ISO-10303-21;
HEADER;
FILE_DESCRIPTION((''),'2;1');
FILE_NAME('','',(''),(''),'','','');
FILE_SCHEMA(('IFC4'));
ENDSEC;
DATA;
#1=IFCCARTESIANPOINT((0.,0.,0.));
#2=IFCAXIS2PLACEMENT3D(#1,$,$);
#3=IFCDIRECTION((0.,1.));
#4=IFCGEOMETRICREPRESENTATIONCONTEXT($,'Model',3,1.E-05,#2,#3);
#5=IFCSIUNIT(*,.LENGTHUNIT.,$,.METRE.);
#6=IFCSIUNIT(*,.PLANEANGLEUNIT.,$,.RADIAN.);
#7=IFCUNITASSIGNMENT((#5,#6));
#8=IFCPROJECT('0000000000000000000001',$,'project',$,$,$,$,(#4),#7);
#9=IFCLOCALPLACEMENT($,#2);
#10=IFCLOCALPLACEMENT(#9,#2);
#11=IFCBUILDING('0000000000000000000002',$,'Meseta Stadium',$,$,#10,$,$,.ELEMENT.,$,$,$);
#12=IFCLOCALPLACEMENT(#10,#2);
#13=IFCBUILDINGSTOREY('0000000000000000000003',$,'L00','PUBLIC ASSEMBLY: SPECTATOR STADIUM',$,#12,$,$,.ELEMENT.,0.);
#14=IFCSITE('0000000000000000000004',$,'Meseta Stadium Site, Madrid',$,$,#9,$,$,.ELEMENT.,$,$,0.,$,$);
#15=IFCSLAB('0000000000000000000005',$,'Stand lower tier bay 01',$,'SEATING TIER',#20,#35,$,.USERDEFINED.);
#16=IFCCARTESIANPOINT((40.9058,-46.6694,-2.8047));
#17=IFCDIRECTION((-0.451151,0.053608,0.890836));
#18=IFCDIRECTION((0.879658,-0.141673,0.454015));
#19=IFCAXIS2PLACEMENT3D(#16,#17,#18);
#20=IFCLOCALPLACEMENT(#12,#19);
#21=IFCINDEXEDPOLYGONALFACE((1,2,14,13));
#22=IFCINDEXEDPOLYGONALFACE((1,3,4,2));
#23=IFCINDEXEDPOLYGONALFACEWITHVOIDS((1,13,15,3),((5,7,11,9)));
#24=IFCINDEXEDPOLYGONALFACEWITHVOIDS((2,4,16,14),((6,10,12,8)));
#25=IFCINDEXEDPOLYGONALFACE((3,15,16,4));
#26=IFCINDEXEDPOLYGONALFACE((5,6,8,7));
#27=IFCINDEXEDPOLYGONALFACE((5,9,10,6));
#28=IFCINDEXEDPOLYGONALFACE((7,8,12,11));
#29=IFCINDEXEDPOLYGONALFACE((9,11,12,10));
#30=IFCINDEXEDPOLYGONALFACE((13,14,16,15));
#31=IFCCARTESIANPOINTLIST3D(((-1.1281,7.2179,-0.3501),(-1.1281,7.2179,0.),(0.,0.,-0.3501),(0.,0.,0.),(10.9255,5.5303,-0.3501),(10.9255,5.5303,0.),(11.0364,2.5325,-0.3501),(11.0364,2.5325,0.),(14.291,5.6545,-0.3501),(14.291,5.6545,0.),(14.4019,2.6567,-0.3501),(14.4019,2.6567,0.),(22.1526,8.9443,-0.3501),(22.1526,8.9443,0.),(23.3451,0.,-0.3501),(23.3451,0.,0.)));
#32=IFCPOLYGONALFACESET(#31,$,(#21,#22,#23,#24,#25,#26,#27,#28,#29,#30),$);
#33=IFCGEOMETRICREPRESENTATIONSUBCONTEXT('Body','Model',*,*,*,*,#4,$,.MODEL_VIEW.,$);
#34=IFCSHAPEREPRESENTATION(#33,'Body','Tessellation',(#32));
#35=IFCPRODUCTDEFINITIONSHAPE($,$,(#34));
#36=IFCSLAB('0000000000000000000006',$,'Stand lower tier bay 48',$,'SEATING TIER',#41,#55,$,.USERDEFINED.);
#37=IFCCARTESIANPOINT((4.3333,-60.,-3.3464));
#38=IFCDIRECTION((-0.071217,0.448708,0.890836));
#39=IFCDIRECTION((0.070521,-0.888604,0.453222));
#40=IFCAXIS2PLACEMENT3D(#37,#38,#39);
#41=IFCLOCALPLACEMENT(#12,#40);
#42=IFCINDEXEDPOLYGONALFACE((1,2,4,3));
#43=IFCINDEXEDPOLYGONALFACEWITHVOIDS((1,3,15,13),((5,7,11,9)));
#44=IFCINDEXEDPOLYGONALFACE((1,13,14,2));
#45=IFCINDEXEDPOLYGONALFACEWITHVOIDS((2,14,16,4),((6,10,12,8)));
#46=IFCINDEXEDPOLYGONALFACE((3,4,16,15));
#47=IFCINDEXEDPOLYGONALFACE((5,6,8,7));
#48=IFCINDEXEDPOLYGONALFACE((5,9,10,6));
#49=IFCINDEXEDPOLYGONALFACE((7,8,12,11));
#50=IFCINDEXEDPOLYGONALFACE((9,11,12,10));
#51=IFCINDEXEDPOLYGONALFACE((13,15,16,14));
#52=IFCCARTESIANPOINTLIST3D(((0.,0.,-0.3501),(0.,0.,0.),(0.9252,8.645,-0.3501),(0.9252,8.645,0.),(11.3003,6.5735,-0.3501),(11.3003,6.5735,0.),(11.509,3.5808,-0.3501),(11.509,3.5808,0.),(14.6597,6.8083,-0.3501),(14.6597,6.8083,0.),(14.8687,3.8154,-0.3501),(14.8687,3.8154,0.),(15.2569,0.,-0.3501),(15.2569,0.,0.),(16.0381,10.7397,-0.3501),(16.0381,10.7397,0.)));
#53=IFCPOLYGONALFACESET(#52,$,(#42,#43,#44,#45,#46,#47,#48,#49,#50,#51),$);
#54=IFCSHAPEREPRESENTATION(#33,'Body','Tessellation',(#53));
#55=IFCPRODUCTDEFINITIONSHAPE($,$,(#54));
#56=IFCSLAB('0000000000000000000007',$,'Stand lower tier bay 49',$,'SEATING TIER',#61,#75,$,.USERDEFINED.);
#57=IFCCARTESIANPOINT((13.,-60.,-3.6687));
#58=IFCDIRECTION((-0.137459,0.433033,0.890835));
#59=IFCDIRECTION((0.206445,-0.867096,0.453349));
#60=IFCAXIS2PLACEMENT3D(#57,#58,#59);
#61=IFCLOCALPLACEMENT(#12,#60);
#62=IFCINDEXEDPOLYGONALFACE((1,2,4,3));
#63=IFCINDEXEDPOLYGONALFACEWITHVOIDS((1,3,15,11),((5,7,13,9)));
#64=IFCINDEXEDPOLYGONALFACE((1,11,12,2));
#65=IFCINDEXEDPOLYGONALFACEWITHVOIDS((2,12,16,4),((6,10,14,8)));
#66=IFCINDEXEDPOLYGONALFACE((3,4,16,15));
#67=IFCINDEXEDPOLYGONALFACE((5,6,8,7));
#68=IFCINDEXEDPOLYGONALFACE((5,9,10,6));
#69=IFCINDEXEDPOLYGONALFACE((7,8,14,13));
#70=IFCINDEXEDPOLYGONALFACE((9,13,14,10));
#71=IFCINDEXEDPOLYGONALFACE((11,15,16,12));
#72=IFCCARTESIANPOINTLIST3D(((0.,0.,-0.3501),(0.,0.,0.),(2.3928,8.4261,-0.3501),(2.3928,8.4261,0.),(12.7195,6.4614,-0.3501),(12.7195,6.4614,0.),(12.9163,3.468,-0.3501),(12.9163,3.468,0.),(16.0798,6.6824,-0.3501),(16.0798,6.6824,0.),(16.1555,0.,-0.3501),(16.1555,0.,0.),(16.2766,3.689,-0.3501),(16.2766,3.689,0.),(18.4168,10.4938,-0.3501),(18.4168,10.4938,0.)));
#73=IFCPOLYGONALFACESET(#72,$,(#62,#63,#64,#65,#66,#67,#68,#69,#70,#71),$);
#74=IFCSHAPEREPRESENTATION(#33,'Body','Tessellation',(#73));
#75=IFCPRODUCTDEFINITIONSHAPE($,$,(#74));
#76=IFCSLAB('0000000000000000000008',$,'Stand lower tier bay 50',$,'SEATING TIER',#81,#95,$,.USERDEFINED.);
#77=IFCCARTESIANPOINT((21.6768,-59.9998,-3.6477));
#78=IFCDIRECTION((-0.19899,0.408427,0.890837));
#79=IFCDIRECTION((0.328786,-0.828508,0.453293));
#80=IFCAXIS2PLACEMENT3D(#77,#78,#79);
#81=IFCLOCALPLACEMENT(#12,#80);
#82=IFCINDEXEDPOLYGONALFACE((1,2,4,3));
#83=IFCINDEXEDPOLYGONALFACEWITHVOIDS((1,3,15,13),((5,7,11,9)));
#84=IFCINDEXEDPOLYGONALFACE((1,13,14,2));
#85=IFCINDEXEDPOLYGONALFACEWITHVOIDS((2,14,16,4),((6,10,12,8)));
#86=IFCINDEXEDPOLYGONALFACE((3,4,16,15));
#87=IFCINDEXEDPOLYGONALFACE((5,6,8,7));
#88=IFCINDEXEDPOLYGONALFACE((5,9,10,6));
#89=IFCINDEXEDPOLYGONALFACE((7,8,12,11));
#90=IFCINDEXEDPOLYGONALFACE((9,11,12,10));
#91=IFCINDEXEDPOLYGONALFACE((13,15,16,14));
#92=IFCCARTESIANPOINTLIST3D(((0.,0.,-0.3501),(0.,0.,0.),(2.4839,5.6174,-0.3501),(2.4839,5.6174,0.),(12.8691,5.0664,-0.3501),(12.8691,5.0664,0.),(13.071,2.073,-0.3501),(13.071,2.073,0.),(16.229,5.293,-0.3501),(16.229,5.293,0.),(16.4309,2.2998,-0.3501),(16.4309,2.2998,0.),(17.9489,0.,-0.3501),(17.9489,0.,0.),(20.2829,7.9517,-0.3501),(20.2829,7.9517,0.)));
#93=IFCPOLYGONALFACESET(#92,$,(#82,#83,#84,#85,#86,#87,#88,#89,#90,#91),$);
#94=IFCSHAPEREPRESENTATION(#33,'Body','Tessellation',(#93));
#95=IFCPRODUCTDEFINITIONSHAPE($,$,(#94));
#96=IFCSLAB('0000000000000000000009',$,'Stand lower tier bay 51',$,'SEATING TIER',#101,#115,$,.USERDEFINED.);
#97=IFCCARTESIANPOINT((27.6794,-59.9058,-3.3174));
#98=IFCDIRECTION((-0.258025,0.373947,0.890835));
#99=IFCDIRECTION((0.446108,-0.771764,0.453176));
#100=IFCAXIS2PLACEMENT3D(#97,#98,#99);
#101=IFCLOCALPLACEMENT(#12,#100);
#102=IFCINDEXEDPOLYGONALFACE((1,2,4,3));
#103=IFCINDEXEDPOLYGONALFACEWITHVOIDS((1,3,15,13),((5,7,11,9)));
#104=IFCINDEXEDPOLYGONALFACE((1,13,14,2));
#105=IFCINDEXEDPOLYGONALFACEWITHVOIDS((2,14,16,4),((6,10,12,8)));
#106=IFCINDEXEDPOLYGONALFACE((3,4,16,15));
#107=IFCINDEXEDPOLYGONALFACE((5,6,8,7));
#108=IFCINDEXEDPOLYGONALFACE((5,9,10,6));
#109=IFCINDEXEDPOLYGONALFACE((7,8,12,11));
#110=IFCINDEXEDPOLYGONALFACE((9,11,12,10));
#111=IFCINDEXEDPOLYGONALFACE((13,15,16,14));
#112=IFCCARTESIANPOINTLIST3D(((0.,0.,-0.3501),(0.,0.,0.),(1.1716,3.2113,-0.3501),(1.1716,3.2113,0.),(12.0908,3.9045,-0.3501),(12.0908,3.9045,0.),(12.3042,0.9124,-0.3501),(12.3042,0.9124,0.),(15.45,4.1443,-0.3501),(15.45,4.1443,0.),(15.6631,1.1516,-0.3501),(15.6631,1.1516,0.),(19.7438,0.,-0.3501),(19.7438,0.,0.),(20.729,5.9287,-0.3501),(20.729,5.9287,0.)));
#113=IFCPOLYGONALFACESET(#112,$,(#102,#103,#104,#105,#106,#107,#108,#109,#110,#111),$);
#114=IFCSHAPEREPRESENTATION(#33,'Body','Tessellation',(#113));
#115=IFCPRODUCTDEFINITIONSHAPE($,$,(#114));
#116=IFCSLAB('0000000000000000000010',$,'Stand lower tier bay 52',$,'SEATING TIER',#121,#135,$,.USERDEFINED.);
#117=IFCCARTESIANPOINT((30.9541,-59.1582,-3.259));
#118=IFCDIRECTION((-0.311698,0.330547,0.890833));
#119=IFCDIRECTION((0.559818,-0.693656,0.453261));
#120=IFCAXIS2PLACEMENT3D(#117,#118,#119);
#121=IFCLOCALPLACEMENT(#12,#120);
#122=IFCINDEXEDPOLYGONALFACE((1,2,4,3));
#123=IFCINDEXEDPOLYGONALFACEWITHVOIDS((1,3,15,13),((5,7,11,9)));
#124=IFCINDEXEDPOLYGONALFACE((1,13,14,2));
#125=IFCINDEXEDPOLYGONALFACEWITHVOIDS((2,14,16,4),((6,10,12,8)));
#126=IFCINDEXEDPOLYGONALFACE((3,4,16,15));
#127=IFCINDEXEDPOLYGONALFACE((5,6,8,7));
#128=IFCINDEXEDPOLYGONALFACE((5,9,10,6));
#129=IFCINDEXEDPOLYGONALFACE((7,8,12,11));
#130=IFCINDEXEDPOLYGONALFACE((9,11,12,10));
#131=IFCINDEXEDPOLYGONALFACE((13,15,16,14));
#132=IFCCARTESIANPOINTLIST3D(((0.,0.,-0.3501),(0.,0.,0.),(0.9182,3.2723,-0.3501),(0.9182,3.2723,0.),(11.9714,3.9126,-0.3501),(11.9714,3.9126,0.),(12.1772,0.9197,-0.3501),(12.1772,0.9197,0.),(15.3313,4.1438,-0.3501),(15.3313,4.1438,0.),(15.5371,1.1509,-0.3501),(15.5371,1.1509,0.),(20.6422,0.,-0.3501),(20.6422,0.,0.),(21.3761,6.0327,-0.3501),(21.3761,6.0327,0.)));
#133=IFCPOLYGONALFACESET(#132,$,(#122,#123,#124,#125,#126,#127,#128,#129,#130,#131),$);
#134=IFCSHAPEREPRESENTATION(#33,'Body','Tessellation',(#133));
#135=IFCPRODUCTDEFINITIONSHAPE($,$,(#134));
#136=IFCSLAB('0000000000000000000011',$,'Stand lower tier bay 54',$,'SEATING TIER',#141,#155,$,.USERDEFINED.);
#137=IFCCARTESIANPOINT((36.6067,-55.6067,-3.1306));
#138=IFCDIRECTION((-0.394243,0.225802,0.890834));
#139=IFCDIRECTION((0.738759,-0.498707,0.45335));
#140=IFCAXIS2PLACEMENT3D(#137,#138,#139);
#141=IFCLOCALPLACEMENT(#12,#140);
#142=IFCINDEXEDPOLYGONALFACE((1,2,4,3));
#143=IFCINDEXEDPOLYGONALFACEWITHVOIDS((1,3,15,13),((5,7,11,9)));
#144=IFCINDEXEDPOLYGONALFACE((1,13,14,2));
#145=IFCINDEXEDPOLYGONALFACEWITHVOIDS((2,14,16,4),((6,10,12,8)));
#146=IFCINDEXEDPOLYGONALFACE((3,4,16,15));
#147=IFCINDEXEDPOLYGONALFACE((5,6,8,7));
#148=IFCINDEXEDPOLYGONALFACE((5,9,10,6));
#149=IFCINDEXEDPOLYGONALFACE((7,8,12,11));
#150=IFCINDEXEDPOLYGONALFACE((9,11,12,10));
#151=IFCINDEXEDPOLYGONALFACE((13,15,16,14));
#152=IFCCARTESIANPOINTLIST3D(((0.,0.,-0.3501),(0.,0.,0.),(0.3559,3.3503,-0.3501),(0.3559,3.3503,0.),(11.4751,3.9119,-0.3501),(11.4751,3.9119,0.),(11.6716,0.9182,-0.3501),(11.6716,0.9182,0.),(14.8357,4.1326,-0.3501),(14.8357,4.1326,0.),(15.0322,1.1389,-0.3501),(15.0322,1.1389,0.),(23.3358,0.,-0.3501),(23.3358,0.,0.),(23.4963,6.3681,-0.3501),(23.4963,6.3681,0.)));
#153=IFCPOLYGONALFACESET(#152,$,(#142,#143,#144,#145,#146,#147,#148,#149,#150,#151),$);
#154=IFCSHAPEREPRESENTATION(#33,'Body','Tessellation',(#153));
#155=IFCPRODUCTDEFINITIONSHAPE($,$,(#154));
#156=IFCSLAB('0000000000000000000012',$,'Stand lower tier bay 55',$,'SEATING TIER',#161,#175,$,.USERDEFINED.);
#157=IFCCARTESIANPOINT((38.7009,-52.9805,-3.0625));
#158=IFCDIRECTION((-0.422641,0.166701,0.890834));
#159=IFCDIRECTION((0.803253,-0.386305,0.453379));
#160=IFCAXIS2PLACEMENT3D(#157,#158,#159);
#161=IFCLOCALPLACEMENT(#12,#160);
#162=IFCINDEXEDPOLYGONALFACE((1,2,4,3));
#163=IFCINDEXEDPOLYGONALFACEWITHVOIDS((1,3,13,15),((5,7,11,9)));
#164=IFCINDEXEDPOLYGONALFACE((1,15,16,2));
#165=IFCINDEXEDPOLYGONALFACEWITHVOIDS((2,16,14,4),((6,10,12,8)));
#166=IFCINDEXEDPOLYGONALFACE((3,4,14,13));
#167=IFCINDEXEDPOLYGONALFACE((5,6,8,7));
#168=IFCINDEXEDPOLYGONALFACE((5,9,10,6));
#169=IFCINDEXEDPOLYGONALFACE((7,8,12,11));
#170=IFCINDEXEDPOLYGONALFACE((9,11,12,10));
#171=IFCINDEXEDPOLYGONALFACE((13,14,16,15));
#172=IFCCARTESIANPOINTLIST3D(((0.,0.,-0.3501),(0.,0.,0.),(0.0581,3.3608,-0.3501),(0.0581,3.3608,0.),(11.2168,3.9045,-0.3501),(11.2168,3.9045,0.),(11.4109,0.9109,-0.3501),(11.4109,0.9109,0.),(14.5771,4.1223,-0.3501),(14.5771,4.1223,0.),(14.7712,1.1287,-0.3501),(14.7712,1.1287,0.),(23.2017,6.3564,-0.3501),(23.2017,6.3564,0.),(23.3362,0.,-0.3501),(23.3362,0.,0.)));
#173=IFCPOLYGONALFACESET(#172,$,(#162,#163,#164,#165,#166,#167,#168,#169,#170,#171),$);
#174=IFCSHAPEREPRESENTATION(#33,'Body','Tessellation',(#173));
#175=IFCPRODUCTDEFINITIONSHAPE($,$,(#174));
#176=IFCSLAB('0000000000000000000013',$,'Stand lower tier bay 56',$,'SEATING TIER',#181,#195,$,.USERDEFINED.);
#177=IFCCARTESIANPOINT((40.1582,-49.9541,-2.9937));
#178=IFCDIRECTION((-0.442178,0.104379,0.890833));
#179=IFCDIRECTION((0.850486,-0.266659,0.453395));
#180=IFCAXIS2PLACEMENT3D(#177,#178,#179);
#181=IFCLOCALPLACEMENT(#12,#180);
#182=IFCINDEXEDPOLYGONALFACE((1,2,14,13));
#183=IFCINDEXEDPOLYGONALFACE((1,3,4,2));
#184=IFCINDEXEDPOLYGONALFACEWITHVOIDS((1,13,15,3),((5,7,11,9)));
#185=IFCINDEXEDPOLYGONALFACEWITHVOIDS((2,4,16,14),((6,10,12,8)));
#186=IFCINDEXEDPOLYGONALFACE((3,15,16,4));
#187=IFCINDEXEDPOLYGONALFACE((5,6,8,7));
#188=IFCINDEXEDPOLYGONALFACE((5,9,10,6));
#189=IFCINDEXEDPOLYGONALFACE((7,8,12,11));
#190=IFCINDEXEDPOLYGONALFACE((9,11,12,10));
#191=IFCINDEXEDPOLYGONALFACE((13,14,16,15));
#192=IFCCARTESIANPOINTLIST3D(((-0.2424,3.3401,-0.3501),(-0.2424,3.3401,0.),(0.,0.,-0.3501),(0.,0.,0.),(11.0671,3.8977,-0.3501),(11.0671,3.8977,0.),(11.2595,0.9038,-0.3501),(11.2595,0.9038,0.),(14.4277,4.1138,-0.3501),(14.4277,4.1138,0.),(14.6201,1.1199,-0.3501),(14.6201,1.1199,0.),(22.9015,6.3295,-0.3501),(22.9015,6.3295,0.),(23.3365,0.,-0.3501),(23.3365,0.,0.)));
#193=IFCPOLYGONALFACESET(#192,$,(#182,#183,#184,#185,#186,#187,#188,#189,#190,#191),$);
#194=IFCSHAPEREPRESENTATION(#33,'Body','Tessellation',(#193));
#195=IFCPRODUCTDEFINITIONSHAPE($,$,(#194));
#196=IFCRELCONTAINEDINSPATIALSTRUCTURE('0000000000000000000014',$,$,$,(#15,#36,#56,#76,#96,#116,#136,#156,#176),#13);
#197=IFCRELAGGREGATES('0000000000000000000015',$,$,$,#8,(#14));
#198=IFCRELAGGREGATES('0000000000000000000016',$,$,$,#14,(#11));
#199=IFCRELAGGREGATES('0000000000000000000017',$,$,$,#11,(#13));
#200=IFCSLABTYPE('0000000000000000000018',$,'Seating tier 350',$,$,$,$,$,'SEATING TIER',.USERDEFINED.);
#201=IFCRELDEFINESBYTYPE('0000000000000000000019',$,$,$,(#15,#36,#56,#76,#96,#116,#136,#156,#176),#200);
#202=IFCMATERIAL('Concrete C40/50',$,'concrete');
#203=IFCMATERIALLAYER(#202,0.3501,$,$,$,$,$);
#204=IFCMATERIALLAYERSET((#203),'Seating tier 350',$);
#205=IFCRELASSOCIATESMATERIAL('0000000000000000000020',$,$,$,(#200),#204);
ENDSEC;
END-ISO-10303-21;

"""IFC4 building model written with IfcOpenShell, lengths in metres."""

from ifc_helpers import new_model, si_unit, direction, frame, origin, place, context, subcontext, project, spatial, polyline, outline, extrude, material, layer, layer_set, type_object, element, save


model = new_model("IFC4")

# Units and contexts
model_context = context("Model", 3, precision=1e-05, world=origin(), true_north=direction((0.0, 1.0)))
body_context = subcontext(model_context, "Body", "Model", "MODEL_VIEW")
ifc_project = project(units=[si_unit("LENGTHUNIT", "METRE"), si_unit("PLANEANGLEUNIT", "RADIAN")], contexts=[model_context])

# Site, building, storey
site_placement = place(None, origin())
site = spatial("IfcSite", under=ifc_project, at=site_placement, Name="Meseta Stadium Site, Madrid", CompositionType="ELEMENT", RefElevation=0.0)
building_placement = place(site_placement, origin())
building = spatial("IfcBuilding", under=site, at=building_placement, Name="Meseta Stadium", CompositionType="ELEMENT")
storey_placement = place(building_placement, origin())
storey = spatial("IfcBuildingStorey", under=building, at=storey_placement, Name="L00", Description="PUBLIC ASSEMBLY: SPECTATOR STADIUM", CompositionType="ELEMENT", Elevation=0.0)

# Slabs
ifc_material_1 = material(Name="Concrete C40/50", Category="concrete")
ifc_layer_1 = layer(ifc_material_1, 0.3501)
ifc_layer_set_1 = layer_set([ifc_layer_1], Name="Seating tier 350")
slab_type = type_object("IfcSlabType", Name="Seating tier 350", ElementType="SEATING TIER", PredefinedType="USERDEFINED", material=ifc_layer_set_1)
slab_1_placement = place(storey_placement, frame((40.9058, -46.6694, -2.8047), z_axis=(-0.451151, 0.053608, 0.890836), x_axis=(0.879658, -0.141673, 0.454015)))
element("IfcSlab", 1, at=slab_1_placement, inside=storey, type_object=slab_type, Name="Stand lower tier bay 01", ObjectType="SEATING TIER", PredefinedType="USERDEFINED", context=body_context, shape_type="SweptSolid", body=[
    extrude(outline(polyline([(0.0, 0.0), (23.3451, 0.0), (22.1526, 8.9443), (-1.1281, 7.2179), (0.0, 0.0)]), holes=[polyline([(11.0364, 2.5325), (14.4019, 2.6567), (14.291, 5.6545), (10.9255, 5.5303), (11.0364, 2.5325)])]), origin(), (0.0, 0.0, -1.0), 0.3501),
])
slab_2_placement = place(storey_placement, frame((4.3333, -60.0, -3.3464), z_axis=(-0.071217, 0.448708, 0.890836), x_axis=(0.070521, -0.888604, 0.453222)))
element("IfcSlab", 2, at=slab_2_placement, inside=storey, type_object=slab_type, Name="Stand lower tier bay 48", ObjectType="SEATING TIER", PredefinedType="USERDEFINED", context=body_context, shape_type="SweptSolid", body=[
    extrude(outline(polyline([(0.0, 0.0), (15.2569, 0.0), (16.0381, 10.7397), (0.9252, 8.645), (0.0, 0.0)]), holes=[polyline([(11.509, 3.5808), (14.8687, 3.8154), (14.6597, 6.8083), (11.3003, 6.5735), (11.509, 3.5808)])]), origin(), (0.0, 0.0, -1.0), 0.3501),
])
slab_3_placement = place(storey_placement, frame((13.0, -60.0, -3.6687), z_axis=(-0.137459, 0.433033, 0.890835), x_axis=(0.206445, -0.867096, 0.453349)))
element("IfcSlab", 3, at=slab_3_placement, inside=storey, type_object=slab_type, Name="Stand lower tier bay 49", ObjectType="SEATING TIER", PredefinedType="USERDEFINED", context=body_context, shape_type="SweptSolid", body=[
    extrude(outline(polyline([(0.0, 0.0), (16.1555, 0.0), (18.4168, 10.4938), (2.3928, 8.4261), (0.0, 0.0)]), holes=[polyline([(12.9163, 3.468), (16.2766, 3.689), (16.0798, 6.6824), (12.7195, 6.4614), (12.9163, 3.468)])]), origin(), (0.0, 0.0, -1.0), 0.3501),
])
slab_4_placement = place(storey_placement, frame((21.6768, -59.9998, -3.6477), z_axis=(-0.19899, 0.408427, 0.890837), x_axis=(0.328786, -0.828508, 0.453293)))
element("IfcSlab", 4, at=slab_4_placement, inside=storey, type_object=slab_type, Name="Stand lower tier bay 50", ObjectType="SEATING TIER", PredefinedType="USERDEFINED", context=body_context, shape_type="SweptSolid", body=[
    extrude(outline(polyline([(0.0, 0.0), (17.9489, 0.0), (20.2829, 7.9517), (2.4839, 5.6174), (0.0, 0.0)]), holes=[polyline([(13.071, 2.073), (16.4309, 2.2998), (16.229, 5.293), (12.8691, 5.0664), (13.071, 2.073)])]), origin(), (0.0, 0.0, -1.0), 0.3501),
])
slab_5_placement = place(storey_placement, frame((27.6794, -59.9058, -3.3174), z_axis=(-0.258025, 0.373947, 0.890835), x_axis=(0.446108, -0.771764, 0.453176)))
element("IfcSlab", 5, at=slab_5_placement, inside=storey, type_object=slab_type, Name="Stand lower tier bay 51", ObjectType="SEATING TIER", PredefinedType="USERDEFINED", context=body_context, shape_type="SweptSolid", body=[
    extrude(outline(polyline([(0.0, 0.0), (19.7438, 0.0), (20.729, 5.9287), (1.1716, 3.2113), (0.0, 0.0)]), holes=[polyline([(12.3042, 0.9124), (15.6631, 1.1516), (15.45, 4.1443), (12.0908, 3.9045), (12.3042, 0.9124)])]), origin(), (0.0, 0.0, -1.0), 0.3501),
])
slab_6_placement = place(storey_placement, frame((30.9541, -59.1582, -3.259), z_axis=(-0.311698, 0.330547, 0.890833), x_axis=(0.559818, -0.693656, 0.453261)))
element("IfcSlab", 6, at=slab_6_placement, inside=storey, type_object=slab_type, Name="Stand lower tier bay 52", ObjectType="SEATING TIER", PredefinedType="USERDEFINED", context=body_context, shape_type="SweptSolid", body=[
    extrude(outline(polyline([(0.0, 0.0), (20.6422, 0.0), (21.3761, 6.0327), (0.9182, 3.2723), (0.0, 0.0)]), holes=[polyline([(12.1772, 0.9197), (15.5371, 1.1509), (15.3313, 4.1438), (11.9714, 3.9126), (12.1772, 0.9197)])]), origin(), (0.0, 0.0, -1.0), 0.3501),
])
slab_7_placement = place(storey_placement, frame((36.6067, -55.6067, -3.1306), z_axis=(-0.394243, 0.225802, 0.890834), x_axis=(0.738759, -0.498707, 0.45335)))
element("IfcSlab", 7, at=slab_7_placement, inside=storey, type_object=slab_type, Name="Stand lower tier bay 54", ObjectType="SEATING TIER", PredefinedType="USERDEFINED", context=body_context, shape_type="SweptSolid", body=[
    extrude(outline(polyline([(0.0, 0.0), (23.3358, 0.0), (23.4963, 6.3681), (0.3559, 3.3503), (0.0, 0.0)]), holes=[polyline([(11.6716, 0.9182), (15.0322, 1.1389), (14.8357, 4.1326), (11.4751, 3.9119), (11.6716, 0.9182)])]), origin(), (0.0, 0.0, -1.0), 0.3501),
])
slab_8_placement = place(storey_placement, frame((38.7009, -52.9805, -3.0625), z_axis=(-0.422641, 0.166701, 0.890834), x_axis=(0.803253, -0.386305, 0.453379)))
element("IfcSlab", 8, at=slab_8_placement, inside=storey, type_object=slab_type, Name="Stand lower tier bay 55", ObjectType="SEATING TIER", PredefinedType="USERDEFINED", context=body_context, shape_type="SweptSolid", body=[
    extrude(outline(polyline([(0.0, 0.0), (23.3362, 0.0), (23.2017, 6.3564), (0.0581, 3.3608), (0.0, 0.0)]), holes=[polyline([(11.4109, 0.9109), (14.7712, 1.1287), (14.5771, 4.1223), (11.2168, 3.9045), (11.4109, 0.9109)])]), origin(), (0.0, 0.0, -1.0), 0.3501),
])
slab_9_placement = place(storey_placement, frame((40.1582, -49.9541, -2.9937), z_axis=(-0.442178, 0.104379, 0.890833), x_axis=(0.850486, -0.266659, 0.453395)))
element("IfcSlab", 9, at=slab_9_placement, inside=storey, type_object=slab_type, Name="Stand lower tier bay 56", ObjectType="SEATING TIER", PredefinedType="USERDEFINED", context=body_context, shape_type="SweptSolid", body=[
    extrude(outline(polyline([(0.0, 0.0), (23.3365, 0.0), (22.9015, 6.3295), (-0.2424, 3.3401), (0.0, 0.0)]), holes=[polyline([(11.2595, 0.9038), (14.6201, 1.1199), (14.4277, 4.1138), (11.0671, 3.8977), (11.2595, 0.9038)])]), origin(), (0.0, 0.0, -1.0), 0.3501),
])

save(model, "model.ifc")
